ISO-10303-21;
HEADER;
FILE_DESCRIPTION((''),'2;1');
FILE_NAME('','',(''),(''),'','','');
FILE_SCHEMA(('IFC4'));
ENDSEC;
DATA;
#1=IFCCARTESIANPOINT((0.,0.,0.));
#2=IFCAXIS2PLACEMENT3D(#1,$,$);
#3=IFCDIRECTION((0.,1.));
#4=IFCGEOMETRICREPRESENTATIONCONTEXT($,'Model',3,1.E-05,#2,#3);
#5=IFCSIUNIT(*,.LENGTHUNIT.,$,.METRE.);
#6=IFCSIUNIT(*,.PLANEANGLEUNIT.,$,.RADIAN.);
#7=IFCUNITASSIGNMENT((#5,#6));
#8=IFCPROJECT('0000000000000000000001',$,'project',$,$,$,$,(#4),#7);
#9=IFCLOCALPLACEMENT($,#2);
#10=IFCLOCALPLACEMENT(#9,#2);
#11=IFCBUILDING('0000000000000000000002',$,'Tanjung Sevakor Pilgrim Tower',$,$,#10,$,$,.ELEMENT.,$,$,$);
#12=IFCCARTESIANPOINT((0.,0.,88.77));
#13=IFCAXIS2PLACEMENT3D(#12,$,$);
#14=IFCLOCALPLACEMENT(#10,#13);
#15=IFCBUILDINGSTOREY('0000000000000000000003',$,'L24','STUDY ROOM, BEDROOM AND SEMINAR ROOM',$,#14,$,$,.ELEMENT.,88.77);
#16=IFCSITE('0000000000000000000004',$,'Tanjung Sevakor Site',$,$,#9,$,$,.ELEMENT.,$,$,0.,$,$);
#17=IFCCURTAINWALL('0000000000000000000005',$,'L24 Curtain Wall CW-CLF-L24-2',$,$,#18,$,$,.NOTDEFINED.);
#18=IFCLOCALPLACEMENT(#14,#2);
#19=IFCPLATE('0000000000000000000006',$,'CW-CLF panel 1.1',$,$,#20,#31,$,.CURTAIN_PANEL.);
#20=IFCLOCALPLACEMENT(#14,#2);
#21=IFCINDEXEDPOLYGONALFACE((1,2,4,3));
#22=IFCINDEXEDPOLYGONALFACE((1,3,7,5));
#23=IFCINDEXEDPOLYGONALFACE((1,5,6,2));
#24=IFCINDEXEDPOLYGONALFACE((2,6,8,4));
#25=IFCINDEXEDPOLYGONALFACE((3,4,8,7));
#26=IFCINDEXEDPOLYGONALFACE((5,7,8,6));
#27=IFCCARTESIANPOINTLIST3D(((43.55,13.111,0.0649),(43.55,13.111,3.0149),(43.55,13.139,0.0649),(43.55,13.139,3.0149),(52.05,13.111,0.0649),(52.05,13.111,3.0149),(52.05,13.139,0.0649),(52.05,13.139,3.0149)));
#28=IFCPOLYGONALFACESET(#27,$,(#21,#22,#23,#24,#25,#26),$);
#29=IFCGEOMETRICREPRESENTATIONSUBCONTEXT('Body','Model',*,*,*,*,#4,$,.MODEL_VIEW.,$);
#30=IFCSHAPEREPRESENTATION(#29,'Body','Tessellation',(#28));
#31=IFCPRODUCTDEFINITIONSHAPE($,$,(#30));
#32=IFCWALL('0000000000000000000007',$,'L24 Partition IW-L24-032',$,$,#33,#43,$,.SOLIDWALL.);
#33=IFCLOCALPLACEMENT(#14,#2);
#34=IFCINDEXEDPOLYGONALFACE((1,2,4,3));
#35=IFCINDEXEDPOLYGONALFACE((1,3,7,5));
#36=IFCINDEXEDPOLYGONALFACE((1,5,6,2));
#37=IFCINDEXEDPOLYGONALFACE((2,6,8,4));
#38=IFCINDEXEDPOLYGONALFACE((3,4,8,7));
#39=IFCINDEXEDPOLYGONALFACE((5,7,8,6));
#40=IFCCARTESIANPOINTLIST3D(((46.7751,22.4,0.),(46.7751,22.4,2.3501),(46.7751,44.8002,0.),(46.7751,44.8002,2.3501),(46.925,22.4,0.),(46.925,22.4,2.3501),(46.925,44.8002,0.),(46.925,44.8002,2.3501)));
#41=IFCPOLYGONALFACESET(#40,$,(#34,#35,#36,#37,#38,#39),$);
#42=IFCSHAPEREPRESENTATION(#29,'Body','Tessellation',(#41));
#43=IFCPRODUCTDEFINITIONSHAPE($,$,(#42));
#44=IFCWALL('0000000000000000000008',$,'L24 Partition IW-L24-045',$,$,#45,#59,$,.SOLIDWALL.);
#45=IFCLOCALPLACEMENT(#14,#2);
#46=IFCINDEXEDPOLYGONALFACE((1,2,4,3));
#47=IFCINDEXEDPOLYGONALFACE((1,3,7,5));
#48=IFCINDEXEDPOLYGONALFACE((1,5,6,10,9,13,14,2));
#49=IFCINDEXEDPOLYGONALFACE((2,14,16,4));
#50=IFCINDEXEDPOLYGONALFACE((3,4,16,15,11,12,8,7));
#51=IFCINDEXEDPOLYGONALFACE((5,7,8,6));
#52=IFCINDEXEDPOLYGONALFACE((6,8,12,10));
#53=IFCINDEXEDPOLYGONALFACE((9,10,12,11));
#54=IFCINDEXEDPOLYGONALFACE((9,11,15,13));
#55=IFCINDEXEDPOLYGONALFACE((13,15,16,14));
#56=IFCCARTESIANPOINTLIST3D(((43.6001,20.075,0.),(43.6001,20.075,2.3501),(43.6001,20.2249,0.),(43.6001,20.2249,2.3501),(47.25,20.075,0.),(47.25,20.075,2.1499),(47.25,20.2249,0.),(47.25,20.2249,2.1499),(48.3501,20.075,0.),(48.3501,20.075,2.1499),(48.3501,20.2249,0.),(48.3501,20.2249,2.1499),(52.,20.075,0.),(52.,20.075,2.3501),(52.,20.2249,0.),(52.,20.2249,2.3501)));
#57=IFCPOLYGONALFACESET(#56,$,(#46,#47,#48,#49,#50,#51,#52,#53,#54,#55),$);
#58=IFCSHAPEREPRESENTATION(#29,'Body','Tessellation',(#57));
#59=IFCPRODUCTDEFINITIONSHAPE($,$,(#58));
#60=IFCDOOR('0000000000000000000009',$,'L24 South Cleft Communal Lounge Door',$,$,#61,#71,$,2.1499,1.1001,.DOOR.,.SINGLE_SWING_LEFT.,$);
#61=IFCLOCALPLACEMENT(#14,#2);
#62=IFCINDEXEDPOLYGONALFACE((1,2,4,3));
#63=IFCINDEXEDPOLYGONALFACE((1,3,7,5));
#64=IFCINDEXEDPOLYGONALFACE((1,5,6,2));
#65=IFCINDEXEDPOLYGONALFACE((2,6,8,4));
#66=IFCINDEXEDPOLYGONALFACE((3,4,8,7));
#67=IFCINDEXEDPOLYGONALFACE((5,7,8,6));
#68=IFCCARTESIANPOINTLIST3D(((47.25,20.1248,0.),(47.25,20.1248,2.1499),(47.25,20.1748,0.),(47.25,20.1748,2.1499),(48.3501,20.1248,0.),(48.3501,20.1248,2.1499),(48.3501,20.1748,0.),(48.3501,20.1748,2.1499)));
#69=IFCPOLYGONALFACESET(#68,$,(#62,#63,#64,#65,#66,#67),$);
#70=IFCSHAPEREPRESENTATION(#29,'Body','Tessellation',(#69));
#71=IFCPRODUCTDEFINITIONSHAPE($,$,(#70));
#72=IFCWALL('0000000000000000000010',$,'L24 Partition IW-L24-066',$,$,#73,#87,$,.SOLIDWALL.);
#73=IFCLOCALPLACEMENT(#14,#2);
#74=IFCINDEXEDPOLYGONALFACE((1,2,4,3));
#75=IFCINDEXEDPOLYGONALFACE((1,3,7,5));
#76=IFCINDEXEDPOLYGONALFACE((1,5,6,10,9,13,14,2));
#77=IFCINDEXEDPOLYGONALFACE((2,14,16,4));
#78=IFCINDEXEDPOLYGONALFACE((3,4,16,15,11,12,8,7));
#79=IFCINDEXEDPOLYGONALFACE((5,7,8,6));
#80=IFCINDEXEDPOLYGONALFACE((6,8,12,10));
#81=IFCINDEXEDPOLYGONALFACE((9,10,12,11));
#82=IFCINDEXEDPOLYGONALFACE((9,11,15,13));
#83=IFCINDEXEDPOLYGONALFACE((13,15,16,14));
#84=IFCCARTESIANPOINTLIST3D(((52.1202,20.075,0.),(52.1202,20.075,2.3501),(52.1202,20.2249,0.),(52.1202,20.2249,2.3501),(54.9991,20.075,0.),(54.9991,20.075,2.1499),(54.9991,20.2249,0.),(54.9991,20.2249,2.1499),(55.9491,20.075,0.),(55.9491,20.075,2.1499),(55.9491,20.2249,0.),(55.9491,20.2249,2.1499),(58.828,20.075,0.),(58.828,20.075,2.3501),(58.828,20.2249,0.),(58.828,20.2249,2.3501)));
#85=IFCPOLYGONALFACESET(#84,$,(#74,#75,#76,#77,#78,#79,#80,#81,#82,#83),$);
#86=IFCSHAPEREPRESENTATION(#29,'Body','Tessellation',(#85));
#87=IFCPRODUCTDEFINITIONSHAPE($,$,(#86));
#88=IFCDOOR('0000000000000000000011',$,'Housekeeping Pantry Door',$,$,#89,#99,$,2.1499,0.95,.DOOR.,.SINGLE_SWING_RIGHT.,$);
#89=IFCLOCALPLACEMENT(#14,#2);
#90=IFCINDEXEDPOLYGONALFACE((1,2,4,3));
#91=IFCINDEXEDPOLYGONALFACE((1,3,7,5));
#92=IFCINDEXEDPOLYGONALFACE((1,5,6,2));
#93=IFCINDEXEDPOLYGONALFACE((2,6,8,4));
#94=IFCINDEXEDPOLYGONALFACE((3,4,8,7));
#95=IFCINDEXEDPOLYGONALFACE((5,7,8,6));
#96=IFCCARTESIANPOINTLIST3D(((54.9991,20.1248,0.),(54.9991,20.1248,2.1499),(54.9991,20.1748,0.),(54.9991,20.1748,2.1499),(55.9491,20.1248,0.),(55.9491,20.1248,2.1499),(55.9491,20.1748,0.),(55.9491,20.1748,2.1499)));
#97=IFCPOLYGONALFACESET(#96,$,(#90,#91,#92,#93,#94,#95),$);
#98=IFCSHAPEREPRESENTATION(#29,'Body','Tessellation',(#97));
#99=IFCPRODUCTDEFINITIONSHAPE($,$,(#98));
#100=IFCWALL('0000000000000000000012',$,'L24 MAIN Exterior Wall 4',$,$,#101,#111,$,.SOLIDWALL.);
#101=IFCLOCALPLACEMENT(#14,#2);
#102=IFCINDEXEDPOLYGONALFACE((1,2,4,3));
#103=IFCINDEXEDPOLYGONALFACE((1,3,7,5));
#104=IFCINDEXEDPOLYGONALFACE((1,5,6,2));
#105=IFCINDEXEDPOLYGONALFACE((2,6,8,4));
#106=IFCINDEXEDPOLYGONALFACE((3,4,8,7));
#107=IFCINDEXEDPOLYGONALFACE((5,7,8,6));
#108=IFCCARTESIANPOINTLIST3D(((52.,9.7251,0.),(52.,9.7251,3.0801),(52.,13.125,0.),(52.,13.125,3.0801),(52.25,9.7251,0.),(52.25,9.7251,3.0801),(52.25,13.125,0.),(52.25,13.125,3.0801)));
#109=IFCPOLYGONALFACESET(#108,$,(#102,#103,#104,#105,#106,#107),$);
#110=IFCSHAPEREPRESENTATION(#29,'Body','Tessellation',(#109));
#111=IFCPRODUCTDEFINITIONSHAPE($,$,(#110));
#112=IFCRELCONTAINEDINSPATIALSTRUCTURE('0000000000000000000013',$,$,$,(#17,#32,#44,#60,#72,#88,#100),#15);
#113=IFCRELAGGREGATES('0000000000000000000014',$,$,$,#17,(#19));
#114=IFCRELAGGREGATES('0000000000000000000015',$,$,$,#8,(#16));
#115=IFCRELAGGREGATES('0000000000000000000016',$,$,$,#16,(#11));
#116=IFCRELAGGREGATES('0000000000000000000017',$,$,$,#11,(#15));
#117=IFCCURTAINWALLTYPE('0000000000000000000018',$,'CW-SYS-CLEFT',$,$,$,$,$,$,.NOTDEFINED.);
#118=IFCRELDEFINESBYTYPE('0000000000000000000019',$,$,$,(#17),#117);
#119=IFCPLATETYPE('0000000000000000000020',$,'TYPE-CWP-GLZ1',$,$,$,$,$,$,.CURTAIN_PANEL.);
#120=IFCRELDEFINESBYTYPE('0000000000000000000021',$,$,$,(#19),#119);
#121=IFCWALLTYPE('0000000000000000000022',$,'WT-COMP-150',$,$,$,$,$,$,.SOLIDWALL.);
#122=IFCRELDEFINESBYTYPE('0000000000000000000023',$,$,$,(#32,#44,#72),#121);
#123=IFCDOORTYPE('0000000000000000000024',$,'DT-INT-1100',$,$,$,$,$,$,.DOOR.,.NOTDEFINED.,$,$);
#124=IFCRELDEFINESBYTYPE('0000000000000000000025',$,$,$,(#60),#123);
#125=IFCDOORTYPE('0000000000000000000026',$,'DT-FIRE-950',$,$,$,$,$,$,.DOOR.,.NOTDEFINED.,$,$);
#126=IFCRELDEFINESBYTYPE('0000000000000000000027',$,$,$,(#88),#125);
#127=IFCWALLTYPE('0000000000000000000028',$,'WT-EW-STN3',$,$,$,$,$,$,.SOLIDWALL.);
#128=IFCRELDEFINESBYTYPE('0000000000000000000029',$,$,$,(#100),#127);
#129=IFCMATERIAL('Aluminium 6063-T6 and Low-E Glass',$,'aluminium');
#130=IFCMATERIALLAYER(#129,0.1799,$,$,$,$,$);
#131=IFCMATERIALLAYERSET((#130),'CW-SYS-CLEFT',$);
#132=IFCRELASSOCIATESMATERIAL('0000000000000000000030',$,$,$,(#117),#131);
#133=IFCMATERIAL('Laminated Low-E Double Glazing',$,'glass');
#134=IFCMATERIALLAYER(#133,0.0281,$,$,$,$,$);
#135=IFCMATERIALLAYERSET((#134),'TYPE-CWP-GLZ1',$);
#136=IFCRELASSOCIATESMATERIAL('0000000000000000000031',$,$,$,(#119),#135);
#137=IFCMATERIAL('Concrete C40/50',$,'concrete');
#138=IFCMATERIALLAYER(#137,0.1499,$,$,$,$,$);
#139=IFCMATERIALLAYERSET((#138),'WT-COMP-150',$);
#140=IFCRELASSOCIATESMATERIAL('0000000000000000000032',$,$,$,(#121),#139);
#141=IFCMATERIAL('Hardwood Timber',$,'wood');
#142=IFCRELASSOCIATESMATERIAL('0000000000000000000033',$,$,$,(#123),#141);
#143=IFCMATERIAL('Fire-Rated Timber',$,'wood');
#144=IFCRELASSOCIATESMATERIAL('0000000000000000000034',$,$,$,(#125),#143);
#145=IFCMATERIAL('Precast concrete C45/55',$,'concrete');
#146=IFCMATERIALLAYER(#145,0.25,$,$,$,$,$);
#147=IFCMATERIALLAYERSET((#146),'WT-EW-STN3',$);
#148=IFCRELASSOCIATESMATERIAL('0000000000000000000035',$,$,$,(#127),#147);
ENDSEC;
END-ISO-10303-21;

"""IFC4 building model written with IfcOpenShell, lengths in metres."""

from ifc_helpers import new_model, si_unit, direction, frame, frame_2d, origin, origin_2d, place, context, subcontext, project, spatial, rectangle, extrude, material, layer, layer_set, type_object, element, fill, aggregate, save


model = new_model("IFC4")

# Units and contexts
model_context = context("Model", 3, precision=1e-05, world=origin(), true_north=direction((0.0, 1.0)))
body_context = subcontext(model_context, "Body", "Model", "MODEL_VIEW")
ifc_project = project(units=[si_unit("LENGTHUNIT", "METRE"), si_unit("PLANEANGLEUNIT", "RADIAN")], contexts=[model_context])

# Site, building, storey
site_placement = place(None, origin())
site = spatial("IfcSite", under=ifc_project, at=site_placement, Name="Tanjung Sevakor Site", CompositionType="ELEMENT", RefElevation=0.0)
building_placement = place(site_placement, origin())
building = spatial("IfcBuilding", under=site, at=building_placement, Name="Tanjung Sevakor Pilgrim Tower", CompositionType="ELEMENT")
storey_placement = place(building_placement, frame((0.0, 0.0, 88.77)))
storey = spatial("IfcBuildingStorey", under=building, at=storey_placement, Name="L24", Description="STUDY ROOM, BEDROOM AND SEMINAR ROOM", CompositionType="ELEMENT", Elevation=88.77)

# Curtain wall, plate
ifc_material_1 = material(Name="Aluminium 6063-T6 and Low-E Glass", Category="aluminium")
ifc_layer_1 = layer(ifc_material_1, 0.1799)
ifc_layer_set_1 = layer_set([ifc_layer_1], Name="CW-SYS-CLEFT")
curtain_wall_type = type_object("IfcCurtainWallType", Name="CW-SYS-CLEFT", PredefinedType="NOTDEFINED", material=ifc_layer_set_1)
curtain_wall_placement = place(storey_placement, origin())
curtain_wall = element("IfcCurtainWall", 1, at=curtain_wall_placement, inside=storey, type_object=curtain_wall_type, Name="L24 Curtain Wall CW-CLF-L24-2", PredefinedType="NOTDEFINED")
ifc_material_2 = material(Name="Laminated Low-E Double Glazing", Category="glass")
ifc_layer_2 = layer(ifc_material_2, 0.0281)
ifc_layer_set_2 = layer_set([ifc_layer_2], Name="TYPE-CWP-GLZ1")
plate_type = type_object("IfcPlateType", Name="TYPE-CWP-GLZ1", PredefinedType="CURTAIN_PANEL", material=ifc_layer_set_2)
plate_placement = place(storey_placement, frame((47.8, 13.125, 0.0649), z_axis=(0.0, 0.0, 1.0), x_axis=(1.0, 0.0, 0.0)))
plate = element("IfcPlate", 2, at=plate_placement, type_object=plate_type, Name="CW-CLF panel 1.1", PredefinedType="CURTAIN_PANEL", context=body_context, shape_type="SweptSolid", body=[
    extrude(rectangle(XDim=8.5, YDim=0.0281, at=origin_2d()), origin(), (0.0, 0.0, 1.0), 2.95),
])
aggregate(curtain_wall, [plate])

# Wall
ifc_material_3 = material(Name="Concrete C40/50", Category="concrete")
ifc_layer_3 = layer(ifc_material_3, 0.1499)
ifc_layer_set_3 = layer_set([ifc_layer_3], Name="WT-COMP-150")
wall_type_1 = type_object("IfcWallType", Name="WT-COMP-150", PredefinedType="SOLIDWALL", material=ifc_layer_set_3)
wall_1_placement = place(storey_placement, frame((46.8501, 22.3999, 0.0), z_axis=(0.0, 0.0, 1.0), x_axis=(0.0, 1.0, 0.0)))
element("IfcWall", 3, at=wall_1_placement, inside=storey, type_object=wall_type_1, Name="L24 Partition IW-L24-032", PredefinedType="SOLIDWALL", context=body_context, shape_type="SweptSolid", body=[
    extrude(rectangle(XDim=22.4001, YDim=0.1499, at=frame_2d((11.2002, 0.0))), origin(), (0.0, 0.0, 1.0), 2.3501),
])

# Walls, openings, doors
wall_2_placement = place(storey_placement, frame((43.6001, 20.1499, 0.0), z_axis=(0.0, 0.0, 1.0), x_axis=(1.0, 0.0, 0.0)))
wall_2 = element("IfcWall", 4, at=wall_2_placement, inside=storey, type_object=wall_type_1, Name="L24 Partition IW-L24-045", PredefinedType="SOLIDWALL", context=body_context, shape_type="SweptSolid", body=[
    extrude(rectangle(XDim=8.3999, YDim=0.1499, at=frame_2d((4.2, 0.0))), origin(), (0.0, 0.0, 1.0), 2.3501),
])
opening_1_placement = place(wall_2_placement, frame((3.6499, 0.0, 0.0)))
opening_1 = element("IfcOpeningElement", 5, at=opening_1_placement, cuts=wall_2, PredefinedType="OPENING", context=body_context, shape_type="SweptSolid", body=[
    extrude(rectangle(XDim=1.1001, YDim=2.1499, at=frame_2d((0.55, 1.075))), frame((0.0, 0.085, 0.0), z_axis=(0.0, -1.0, 0.0), x_axis=(1.0, 0.0, 0.0)), (0.0, 0.0, 1.0), 0.1699),
])
ifc_material_4 = material(Name="Hardwood Timber", Category="wood")
door_type_1 = type_object("IfcDoorType", Name="DT-INT-1100", OperationType="NOTDEFINED", PredefinedType="DOOR", material=ifc_material_4)
door_1_placement = place(opening_1_placement, origin())
door_1 = element("IfcDoor", 6, at=door_1_placement, inside=storey, type_object=door_type_1, Name="L24 South Cleft Communal Lounge Door", OperationType="SINGLE_SWING_LEFT", OverallHeight=2.1499, OverallWidth=1.1001, PredefinedType="DOOR", context=body_context, shape_type="SweptSolid", body=[
    extrude(rectangle(XDim=1.1001, YDim=2.1499, at=frame_2d((0.55, 1.075))), frame((0.0, 0.0249, 0.0), z_axis=(0.0, -1.0, 0.0), x_axis=(1.0, 0.0, 0.0)), (0.0, 0.0, 1.0), 0.05),
])
fill(opening_1, door_1)
ifc_material_5 = material(Name="Fire-Rated Timber", Category="wood")
door_type_2 = type_object("IfcDoorType", Name="DT-FIRE-950", OperationType="NOTDEFINED", PredefinedType="DOOR", material=ifc_material_5)
wall_3_placement = place(storey_placement, frame((52.1201, 20.1499, 0.0), z_axis=(0.0, 0.0, 1.0), x_axis=(1.0, 0.0, 0.0)))
wall_3 = element("IfcWall", 7, at=wall_3_placement, inside=storey, type_object=wall_type_1, Name="L24 Partition IW-L24-066", PredefinedType="SOLIDWALL", context=body_context, shape_type="SweptSolid", body=[
    extrude(rectangle(XDim=6.7078, YDim=0.1499, at=frame_2d((3.354, 0.0))), origin(), (0.0, 0.0, 1.0), 2.3501),
])
opening_2_placement = place(wall_3_placement, frame((2.8789, 0.0, 0.0)))
opening_2 = element("IfcOpeningElement", 8, at=opening_2_placement, cuts=wall_3, PredefinedType="OPENING", context=body_context, shape_type="SweptSolid", body=[
    extrude(rectangle(XDim=0.95, YDim=2.1499, at=frame_2d((0.4751, 1.075))), frame((0.0, 0.085, 0.0), z_axis=(0.0, -1.0, 0.0), x_axis=(1.0, 0.0, 0.0)), (0.0, 0.0, 1.0), 0.1699),
])
door_2_placement = place(opening_2_placement, origin())
door_2 = element("IfcDoor", 9, at=door_2_placement, inside=storey, type_object=door_type_2, Name="Housekeeping Pantry Door", OperationType="SINGLE_SWING_RIGHT", OverallHeight=2.1499, OverallWidth=0.95, PredefinedType="DOOR", context=body_context, shape_type="SweptSolid", body=[
    extrude(rectangle(XDim=0.95, YDim=2.1499, at=frame_2d((0.4751, 1.075))), frame((0.0, 0.0249, 0.0), z_axis=(0.0, -1.0, 0.0), x_axis=(1.0, 0.0, 0.0)), (0.0, 0.0, 1.0), 0.05),
])
fill(opening_2, door_2)

# Wall
ifc_material_6 = material(Name="Precast concrete C45/55", Category="concrete")
ifc_layer_4 = layer(ifc_material_6, 0.25)
ifc_layer_set_4 = layer_set([ifc_layer_4], Name="WT-EW-STN3")
wall_type_2 = type_object("IfcWallType", Name="WT-EW-STN3", PredefinedType="SOLIDWALL", material=ifc_layer_set_4)
wall_4_placement = place(storey_placement, frame((52.125, 13.125, 0.0), z_axis=(0.0, 0.0, 1.0), x_axis=(0.0, -1.0, 0.0)))
element("IfcWall", 10, at=wall_4_placement, inside=storey, type_object=wall_type_2, Name="L24 MAIN Exterior Wall 4", PredefinedType="SOLIDWALL", context=body_context, shape_type="SweptSolid", body=[
    extrude(rectangle(XDim=3.3999, YDim=0.25, at=frame_2d((1.7, 0.0))), origin(), (0.0, 0.0, 1.0), 3.0801),
])

save(model, "model.ifc")
